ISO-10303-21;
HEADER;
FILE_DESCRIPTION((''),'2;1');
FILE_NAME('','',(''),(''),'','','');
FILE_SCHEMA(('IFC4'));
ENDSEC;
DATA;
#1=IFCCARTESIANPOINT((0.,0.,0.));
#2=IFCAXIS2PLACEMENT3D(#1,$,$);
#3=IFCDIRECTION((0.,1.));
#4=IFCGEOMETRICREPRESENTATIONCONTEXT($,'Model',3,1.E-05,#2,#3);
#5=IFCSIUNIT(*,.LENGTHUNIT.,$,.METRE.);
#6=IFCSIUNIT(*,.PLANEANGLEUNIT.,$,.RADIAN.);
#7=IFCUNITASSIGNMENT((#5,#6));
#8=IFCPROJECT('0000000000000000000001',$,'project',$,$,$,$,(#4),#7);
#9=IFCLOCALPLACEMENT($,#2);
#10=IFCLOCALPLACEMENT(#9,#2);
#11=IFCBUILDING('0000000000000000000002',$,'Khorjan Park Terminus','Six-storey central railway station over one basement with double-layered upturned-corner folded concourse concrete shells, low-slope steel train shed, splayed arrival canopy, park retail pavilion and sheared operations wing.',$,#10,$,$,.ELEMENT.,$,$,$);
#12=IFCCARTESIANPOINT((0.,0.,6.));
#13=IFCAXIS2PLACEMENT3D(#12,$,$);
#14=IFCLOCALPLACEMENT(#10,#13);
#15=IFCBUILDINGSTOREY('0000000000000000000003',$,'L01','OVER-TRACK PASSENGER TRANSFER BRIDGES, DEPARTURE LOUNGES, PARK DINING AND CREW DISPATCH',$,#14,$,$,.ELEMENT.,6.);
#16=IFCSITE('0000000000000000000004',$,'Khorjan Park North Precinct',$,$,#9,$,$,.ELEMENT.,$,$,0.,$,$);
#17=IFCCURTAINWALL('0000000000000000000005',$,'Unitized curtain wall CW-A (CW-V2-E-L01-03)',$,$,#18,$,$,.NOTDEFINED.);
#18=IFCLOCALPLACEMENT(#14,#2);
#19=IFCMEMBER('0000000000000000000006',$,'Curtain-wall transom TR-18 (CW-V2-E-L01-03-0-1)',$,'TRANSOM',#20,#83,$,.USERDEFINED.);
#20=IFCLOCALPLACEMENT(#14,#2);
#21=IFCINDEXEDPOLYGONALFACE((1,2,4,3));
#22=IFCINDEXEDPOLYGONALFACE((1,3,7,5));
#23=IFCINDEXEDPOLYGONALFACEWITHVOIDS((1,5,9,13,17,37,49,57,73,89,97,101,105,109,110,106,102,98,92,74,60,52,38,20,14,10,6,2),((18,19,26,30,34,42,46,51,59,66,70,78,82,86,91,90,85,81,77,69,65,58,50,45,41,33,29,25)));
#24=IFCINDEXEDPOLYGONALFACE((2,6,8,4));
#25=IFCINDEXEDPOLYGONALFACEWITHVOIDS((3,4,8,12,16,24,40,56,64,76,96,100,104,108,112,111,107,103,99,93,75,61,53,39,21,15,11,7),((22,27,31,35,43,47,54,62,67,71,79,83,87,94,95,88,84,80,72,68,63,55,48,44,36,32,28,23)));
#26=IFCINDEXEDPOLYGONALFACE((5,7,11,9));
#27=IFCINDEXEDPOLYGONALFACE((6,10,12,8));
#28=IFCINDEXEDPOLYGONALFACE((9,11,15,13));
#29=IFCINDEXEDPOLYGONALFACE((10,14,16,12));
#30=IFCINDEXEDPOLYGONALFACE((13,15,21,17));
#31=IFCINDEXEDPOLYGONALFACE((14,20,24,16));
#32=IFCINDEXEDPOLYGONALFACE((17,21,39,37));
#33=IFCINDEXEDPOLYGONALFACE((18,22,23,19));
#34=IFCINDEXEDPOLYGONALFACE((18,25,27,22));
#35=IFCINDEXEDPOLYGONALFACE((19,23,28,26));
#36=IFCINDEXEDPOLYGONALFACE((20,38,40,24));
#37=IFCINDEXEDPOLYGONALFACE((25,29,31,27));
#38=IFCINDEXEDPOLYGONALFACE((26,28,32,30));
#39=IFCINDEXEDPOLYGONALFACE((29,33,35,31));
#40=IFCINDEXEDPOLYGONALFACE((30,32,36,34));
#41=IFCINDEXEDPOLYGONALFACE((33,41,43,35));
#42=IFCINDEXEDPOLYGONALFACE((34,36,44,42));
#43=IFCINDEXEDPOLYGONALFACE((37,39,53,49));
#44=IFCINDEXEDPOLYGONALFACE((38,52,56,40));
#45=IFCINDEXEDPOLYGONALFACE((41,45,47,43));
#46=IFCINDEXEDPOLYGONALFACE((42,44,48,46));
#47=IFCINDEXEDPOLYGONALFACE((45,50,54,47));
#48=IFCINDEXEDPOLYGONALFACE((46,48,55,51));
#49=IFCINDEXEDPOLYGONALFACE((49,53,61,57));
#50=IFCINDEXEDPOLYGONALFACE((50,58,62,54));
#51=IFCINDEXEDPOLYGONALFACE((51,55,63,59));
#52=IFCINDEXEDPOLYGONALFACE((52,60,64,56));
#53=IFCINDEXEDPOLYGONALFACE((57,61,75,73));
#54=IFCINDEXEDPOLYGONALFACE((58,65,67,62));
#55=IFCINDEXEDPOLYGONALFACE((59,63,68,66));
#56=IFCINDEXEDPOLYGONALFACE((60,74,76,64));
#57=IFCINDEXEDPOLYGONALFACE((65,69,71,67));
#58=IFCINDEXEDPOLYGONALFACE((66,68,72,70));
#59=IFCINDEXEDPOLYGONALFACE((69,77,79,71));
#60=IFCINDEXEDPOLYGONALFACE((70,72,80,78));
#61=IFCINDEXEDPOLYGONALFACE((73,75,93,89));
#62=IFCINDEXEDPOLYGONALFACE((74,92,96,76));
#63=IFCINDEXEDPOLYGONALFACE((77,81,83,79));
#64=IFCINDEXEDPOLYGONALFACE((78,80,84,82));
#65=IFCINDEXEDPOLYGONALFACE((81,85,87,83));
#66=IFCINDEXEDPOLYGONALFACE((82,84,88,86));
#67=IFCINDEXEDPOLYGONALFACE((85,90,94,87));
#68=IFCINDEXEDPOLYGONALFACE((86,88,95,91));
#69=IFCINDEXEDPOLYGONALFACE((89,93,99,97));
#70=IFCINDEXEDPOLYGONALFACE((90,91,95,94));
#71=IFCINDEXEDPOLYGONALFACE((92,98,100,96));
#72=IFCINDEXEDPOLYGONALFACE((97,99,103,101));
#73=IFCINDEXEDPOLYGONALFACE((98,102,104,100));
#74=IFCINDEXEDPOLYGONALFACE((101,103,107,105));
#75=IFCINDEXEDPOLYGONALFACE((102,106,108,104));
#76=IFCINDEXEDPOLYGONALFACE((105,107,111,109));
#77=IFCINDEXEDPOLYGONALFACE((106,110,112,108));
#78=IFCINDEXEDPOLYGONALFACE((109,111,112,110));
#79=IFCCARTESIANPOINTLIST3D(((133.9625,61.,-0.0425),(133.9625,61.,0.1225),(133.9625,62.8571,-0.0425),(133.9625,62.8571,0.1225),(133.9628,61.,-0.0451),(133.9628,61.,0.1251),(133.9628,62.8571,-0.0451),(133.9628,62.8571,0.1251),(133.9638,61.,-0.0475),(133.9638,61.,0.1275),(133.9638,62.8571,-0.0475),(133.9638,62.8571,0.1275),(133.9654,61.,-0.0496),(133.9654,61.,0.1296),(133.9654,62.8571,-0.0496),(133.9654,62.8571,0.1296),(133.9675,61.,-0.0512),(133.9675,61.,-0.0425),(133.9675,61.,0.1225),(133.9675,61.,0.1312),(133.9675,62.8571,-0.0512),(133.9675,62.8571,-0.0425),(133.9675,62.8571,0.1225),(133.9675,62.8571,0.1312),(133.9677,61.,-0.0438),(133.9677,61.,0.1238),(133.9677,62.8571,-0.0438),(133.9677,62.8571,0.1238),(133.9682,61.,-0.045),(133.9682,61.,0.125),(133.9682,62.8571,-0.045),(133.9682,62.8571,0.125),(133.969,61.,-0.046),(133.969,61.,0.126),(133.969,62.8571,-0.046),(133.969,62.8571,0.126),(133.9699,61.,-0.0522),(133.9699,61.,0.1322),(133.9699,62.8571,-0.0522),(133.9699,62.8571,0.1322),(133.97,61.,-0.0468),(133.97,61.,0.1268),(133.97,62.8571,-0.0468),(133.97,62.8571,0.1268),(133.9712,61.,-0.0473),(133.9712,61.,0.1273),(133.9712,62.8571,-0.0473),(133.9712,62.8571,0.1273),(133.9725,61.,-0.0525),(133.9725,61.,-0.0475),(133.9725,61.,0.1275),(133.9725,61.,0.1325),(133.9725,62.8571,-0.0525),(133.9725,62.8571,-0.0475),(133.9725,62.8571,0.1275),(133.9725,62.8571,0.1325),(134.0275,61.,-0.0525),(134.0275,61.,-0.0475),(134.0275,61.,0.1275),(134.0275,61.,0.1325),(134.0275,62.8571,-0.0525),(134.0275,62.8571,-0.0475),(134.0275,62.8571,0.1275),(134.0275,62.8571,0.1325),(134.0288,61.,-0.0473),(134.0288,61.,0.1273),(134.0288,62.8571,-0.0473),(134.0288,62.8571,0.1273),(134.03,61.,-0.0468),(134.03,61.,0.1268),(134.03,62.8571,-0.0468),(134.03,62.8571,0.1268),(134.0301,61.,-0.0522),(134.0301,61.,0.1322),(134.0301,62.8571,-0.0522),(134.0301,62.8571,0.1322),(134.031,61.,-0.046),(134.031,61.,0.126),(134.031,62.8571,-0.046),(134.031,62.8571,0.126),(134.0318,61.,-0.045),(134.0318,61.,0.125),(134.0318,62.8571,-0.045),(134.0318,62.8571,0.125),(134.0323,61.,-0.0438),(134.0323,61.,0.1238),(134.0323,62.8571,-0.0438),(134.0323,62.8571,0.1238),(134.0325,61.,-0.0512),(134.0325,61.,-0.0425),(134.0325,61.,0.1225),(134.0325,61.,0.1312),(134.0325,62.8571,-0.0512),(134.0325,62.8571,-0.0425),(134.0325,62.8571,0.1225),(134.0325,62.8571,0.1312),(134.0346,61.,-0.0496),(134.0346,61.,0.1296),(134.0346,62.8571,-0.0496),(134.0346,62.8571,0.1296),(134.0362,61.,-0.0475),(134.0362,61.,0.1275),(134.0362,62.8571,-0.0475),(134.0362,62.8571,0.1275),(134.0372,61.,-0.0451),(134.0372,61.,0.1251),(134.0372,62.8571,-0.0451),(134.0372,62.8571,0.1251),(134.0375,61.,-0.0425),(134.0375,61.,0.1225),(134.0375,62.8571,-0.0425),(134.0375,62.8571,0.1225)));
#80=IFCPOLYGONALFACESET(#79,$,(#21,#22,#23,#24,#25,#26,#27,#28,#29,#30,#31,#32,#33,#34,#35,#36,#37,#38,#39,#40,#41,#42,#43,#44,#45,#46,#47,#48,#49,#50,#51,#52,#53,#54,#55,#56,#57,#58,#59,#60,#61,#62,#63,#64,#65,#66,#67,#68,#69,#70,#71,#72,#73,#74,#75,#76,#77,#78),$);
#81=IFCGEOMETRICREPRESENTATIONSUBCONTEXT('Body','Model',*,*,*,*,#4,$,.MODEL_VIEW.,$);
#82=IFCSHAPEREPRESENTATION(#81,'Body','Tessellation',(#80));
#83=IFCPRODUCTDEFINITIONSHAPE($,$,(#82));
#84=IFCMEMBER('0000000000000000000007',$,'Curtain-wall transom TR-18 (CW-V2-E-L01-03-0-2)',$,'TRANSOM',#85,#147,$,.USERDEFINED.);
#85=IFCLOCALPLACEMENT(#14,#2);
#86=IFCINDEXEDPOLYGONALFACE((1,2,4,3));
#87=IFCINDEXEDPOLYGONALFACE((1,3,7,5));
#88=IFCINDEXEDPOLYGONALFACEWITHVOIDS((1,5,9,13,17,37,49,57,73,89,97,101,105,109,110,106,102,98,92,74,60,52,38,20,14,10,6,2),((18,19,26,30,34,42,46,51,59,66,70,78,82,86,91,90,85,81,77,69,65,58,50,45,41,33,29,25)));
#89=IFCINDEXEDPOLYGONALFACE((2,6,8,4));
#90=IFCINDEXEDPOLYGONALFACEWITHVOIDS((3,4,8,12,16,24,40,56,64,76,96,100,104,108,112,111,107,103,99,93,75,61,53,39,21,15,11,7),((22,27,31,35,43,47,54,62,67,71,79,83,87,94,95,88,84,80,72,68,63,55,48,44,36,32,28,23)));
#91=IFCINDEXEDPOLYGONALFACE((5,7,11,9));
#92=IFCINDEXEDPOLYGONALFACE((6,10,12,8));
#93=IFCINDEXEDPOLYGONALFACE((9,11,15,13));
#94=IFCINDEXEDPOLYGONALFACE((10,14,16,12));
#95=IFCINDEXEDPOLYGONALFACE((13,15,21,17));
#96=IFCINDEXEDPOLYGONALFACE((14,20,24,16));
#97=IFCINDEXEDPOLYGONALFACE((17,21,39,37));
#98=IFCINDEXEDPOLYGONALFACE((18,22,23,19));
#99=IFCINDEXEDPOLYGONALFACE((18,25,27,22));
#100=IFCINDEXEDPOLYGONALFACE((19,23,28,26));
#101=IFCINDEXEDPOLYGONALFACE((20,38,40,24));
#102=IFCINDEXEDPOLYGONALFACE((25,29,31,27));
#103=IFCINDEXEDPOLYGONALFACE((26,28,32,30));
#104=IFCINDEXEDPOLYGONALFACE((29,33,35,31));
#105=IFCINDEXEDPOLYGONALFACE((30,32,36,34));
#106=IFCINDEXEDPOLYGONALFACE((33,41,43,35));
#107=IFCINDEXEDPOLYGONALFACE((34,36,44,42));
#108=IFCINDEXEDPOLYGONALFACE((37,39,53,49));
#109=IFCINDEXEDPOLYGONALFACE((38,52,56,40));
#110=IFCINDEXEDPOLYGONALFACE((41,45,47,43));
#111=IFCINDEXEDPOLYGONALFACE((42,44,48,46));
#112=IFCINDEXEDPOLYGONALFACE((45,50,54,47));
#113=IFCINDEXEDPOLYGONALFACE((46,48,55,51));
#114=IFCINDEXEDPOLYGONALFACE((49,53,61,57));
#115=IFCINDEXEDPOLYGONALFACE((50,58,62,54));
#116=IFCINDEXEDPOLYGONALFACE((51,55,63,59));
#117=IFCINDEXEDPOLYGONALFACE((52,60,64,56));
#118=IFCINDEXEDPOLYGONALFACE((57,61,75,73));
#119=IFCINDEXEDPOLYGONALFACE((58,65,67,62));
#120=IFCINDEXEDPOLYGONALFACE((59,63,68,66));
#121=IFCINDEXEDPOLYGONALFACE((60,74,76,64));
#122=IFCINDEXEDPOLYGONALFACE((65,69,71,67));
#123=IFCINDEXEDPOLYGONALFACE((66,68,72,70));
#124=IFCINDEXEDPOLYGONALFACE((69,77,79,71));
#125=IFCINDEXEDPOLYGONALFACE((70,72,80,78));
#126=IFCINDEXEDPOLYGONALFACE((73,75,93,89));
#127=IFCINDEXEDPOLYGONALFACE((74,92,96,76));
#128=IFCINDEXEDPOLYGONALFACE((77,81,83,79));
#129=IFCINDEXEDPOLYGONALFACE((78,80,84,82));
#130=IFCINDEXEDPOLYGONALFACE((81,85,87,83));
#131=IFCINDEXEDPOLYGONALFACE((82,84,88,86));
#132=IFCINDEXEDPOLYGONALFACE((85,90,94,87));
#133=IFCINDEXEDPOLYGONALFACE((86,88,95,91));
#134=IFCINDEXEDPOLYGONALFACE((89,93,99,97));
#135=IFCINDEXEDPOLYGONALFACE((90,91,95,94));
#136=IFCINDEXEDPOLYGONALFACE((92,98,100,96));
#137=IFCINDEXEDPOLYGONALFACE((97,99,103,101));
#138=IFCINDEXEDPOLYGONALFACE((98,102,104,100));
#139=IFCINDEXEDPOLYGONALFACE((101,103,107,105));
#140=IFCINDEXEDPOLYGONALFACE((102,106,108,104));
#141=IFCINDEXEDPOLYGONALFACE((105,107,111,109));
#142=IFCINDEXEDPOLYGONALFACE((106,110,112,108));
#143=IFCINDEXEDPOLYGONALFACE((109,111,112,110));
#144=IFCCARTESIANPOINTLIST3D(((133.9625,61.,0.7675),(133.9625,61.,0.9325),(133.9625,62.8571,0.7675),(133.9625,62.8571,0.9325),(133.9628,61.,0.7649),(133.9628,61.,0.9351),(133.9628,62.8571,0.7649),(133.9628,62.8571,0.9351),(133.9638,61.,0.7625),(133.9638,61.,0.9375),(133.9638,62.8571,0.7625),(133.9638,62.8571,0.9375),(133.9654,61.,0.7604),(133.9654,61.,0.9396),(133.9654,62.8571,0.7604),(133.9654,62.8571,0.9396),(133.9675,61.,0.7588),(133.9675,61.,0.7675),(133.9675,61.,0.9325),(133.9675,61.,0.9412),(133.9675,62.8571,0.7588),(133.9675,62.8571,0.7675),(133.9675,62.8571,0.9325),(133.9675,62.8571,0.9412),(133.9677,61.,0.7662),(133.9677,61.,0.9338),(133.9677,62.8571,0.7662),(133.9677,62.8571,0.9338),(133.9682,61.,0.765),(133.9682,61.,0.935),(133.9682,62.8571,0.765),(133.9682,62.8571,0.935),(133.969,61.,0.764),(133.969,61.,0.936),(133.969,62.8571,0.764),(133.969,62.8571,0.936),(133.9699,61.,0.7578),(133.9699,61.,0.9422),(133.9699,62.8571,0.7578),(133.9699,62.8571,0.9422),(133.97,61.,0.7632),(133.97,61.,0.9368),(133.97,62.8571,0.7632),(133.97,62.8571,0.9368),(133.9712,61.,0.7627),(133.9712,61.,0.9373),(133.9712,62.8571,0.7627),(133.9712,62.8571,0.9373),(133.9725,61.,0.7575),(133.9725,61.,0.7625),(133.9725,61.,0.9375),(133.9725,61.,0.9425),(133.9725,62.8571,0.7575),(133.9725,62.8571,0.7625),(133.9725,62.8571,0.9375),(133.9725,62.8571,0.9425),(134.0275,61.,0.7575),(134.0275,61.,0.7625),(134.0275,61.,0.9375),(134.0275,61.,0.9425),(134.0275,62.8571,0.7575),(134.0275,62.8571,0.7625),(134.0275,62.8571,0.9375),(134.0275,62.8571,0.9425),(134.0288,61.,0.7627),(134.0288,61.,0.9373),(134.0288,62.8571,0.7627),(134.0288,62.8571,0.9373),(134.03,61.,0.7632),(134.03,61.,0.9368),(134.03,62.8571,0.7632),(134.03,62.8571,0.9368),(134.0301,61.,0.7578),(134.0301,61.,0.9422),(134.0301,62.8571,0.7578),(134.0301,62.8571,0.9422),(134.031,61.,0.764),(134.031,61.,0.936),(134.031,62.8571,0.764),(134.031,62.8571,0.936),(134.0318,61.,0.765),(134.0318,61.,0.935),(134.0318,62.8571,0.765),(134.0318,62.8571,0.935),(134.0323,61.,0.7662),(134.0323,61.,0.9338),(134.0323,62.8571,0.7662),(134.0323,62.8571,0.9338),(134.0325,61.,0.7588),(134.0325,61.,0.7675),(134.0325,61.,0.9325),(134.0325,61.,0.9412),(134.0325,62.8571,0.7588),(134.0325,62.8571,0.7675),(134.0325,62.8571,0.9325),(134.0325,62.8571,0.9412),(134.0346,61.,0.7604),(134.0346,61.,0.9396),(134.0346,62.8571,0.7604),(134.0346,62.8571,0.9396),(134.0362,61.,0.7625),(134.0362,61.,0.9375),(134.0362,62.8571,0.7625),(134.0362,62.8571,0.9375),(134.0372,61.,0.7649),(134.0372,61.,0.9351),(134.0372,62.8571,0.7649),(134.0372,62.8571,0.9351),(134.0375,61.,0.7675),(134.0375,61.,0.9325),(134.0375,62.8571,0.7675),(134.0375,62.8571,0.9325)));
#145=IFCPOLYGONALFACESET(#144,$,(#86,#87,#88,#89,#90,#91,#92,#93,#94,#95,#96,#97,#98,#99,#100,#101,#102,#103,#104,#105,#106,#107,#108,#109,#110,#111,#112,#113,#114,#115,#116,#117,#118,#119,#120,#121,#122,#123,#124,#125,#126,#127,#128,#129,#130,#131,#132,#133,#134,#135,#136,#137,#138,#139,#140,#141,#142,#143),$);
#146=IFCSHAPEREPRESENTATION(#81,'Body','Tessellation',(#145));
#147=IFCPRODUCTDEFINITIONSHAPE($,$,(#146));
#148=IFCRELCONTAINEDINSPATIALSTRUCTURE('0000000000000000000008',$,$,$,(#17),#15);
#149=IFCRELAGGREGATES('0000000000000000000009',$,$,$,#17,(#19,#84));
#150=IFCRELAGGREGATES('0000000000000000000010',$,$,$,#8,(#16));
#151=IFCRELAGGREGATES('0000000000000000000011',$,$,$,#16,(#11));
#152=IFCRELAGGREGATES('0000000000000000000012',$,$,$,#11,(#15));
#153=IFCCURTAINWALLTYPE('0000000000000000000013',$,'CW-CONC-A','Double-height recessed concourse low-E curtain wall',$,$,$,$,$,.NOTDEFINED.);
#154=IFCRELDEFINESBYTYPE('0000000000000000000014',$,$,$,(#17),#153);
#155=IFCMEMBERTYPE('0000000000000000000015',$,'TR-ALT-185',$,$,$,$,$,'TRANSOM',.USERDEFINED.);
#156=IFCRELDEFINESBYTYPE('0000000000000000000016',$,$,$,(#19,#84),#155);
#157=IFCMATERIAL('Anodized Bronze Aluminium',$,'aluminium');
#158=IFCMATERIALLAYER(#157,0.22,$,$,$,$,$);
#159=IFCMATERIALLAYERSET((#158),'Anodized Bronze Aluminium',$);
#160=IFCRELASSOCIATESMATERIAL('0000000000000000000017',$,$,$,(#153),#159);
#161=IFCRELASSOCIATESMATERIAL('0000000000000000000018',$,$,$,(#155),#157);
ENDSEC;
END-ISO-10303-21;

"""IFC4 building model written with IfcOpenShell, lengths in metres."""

from ifc_helpers import new_model, si_unit, direction, frame, origin, origin_2d, place, context, subcontext, project, spatial, hollow_rectangle, extrude, material, layer, layer_set, material_profile, profile_set, type_object, element, aggregate, save


model = new_model("IFC4")

# Units and contexts
model_context = context("Model", 3, precision=1e-05, world=origin(), true_north=direction((0.0, 1.0)))
body_context = subcontext(model_context, "Body", "Model", "MODEL_VIEW")
ifc_project = project(units=[si_unit("LENGTHUNIT", "METRE"), si_unit("PLANEANGLEUNIT", "RADIAN")], contexts=[model_context])

# Site, building, storey
site_placement = place(None, origin())
site = spatial("IfcSite", under=ifc_project, at=site_placement, Name="Khorjan Park North Precinct", CompositionType="ELEMENT", RefElevation=0.0)
building_placement = place(site_placement, origin())
building = spatial("IfcBuilding", under=site, at=building_placement, Name="Khorjan Park Terminus", Description="Six-storey central railway station over one basement with double-layered upturned-corner folded concourse concrete shells, low-slope steel train shed, splayed arrival canopy, park retail pavilion and sheared operations wing.", CompositionType="ELEMENT")
storey_placement = place(building_placement, frame((0.0, 0.0, 6.0)))
storey = spatial("IfcBuildingStorey", under=building, at=storey_placement, Name="L01", Description="OVER-TRACK PASSENGER TRANSFER BRIDGES, DEPARTURE LOUNGES, PARK DINING AND CREW DISPATCH", CompositionType="ELEMENT", Elevation=6.0)

# Shared definitions
ifc_material_1 = material(Name="Anodized Bronze Aluminium", Category="aluminium")
ifc_layer_1 = layer(ifc_material_1, 0.22)
ifc_layer_set_1 = layer_set([ifc_layer_1], Name="Anodized Bronze Aluminium")
curtain_wall_type = type_object("IfcCurtainWallType", Name="CW-CONC-A", Description="Double-height recessed concourse low-E curtain wall", PredefinedType="NOTDEFINED", material=ifc_layer_set_1)

# Curtain wall
curtain_wall_1_placement = place(storey_placement, origin())
curtain_wall_1 = element("IfcCurtainWall", 1, at=curtain_wall_1_placement, inside=storey, type_object=curtain_wall_type, Name="Unitized curtain wall CW-A (CW-V2-E-L01-03)", PredefinedType="NOTDEFINED")

# Members
ifc_material_profile_1 = material_profile(ifc_material_1, hollow_rectangle(XDim=0.075, YDim=0.185, WallThickness=0.005, InnerFilletRadius=0.005, OuterFilletRadius=0.01, at=origin_2d()), Name="ALT 75x185x5")
ifc_profile_set_1 = profile_set([ifc_material_profile_1], Name="Anodized Bronze Aluminium")
member_type_1 = type_object("IfcMemberType", Name="TR-ALT-185", ElementType="TRANSOM", PredefinedType="USERDEFINED", material=ifc_profile_set_1)
member_1_placement = place(storey_placement, frame((134.0, 61.0, 0.04), z_axis=(0.0, 1.0, 0.0), x_axis=(-1.0, 0.0, 0.0)))
member_1 = element("IfcMember", 2, at=member_1_placement, type_object=member_type_1, Name="Curtain-wall transom TR-18 (CW-V2-E-L01-03-0-1)", ObjectType="TRANSOM", PredefinedType="USERDEFINED", context=body_context, shape_type="SweptSolid", body=[
    extrude(hollow_rectangle(XDim=0.075, YDim=0.185, WallThickness=0.005, InnerFilletRadius=0.005, OuterFilletRadius=0.01, at=origin_2d()), origin(), (0.0, 0.0, 1.0), 1.8571),
])
member_2_placement = place(storey_placement, frame((134.0, 61.0, 0.85), z_axis=(0.0, 1.0, 0.0), x_axis=(-1.0, 0.0, 0.0)))
member_2 = element("IfcMember", 3, at=member_2_placement, type_object=member_type_1, Name="Curtain-wall transom TR-18 (CW-V2-E-L01-03-0-2)", ObjectType="TRANSOM", PredefinedType="USERDEFINED", context=body_context, shape_type="SweptSolid", body=[
    extrude(hollow_rectangle(XDim=0.075, YDim=0.185, WallThickness=0.005, InnerFilletRadius=0.005, OuterFilletRadius=0.01, at=origin_2d()), origin(), (0.0, 0.0, 1.0), 1.8571),
])

aggregate(curtain_wall_1, [member_1, member_2])

save(model, "model.ifc")
